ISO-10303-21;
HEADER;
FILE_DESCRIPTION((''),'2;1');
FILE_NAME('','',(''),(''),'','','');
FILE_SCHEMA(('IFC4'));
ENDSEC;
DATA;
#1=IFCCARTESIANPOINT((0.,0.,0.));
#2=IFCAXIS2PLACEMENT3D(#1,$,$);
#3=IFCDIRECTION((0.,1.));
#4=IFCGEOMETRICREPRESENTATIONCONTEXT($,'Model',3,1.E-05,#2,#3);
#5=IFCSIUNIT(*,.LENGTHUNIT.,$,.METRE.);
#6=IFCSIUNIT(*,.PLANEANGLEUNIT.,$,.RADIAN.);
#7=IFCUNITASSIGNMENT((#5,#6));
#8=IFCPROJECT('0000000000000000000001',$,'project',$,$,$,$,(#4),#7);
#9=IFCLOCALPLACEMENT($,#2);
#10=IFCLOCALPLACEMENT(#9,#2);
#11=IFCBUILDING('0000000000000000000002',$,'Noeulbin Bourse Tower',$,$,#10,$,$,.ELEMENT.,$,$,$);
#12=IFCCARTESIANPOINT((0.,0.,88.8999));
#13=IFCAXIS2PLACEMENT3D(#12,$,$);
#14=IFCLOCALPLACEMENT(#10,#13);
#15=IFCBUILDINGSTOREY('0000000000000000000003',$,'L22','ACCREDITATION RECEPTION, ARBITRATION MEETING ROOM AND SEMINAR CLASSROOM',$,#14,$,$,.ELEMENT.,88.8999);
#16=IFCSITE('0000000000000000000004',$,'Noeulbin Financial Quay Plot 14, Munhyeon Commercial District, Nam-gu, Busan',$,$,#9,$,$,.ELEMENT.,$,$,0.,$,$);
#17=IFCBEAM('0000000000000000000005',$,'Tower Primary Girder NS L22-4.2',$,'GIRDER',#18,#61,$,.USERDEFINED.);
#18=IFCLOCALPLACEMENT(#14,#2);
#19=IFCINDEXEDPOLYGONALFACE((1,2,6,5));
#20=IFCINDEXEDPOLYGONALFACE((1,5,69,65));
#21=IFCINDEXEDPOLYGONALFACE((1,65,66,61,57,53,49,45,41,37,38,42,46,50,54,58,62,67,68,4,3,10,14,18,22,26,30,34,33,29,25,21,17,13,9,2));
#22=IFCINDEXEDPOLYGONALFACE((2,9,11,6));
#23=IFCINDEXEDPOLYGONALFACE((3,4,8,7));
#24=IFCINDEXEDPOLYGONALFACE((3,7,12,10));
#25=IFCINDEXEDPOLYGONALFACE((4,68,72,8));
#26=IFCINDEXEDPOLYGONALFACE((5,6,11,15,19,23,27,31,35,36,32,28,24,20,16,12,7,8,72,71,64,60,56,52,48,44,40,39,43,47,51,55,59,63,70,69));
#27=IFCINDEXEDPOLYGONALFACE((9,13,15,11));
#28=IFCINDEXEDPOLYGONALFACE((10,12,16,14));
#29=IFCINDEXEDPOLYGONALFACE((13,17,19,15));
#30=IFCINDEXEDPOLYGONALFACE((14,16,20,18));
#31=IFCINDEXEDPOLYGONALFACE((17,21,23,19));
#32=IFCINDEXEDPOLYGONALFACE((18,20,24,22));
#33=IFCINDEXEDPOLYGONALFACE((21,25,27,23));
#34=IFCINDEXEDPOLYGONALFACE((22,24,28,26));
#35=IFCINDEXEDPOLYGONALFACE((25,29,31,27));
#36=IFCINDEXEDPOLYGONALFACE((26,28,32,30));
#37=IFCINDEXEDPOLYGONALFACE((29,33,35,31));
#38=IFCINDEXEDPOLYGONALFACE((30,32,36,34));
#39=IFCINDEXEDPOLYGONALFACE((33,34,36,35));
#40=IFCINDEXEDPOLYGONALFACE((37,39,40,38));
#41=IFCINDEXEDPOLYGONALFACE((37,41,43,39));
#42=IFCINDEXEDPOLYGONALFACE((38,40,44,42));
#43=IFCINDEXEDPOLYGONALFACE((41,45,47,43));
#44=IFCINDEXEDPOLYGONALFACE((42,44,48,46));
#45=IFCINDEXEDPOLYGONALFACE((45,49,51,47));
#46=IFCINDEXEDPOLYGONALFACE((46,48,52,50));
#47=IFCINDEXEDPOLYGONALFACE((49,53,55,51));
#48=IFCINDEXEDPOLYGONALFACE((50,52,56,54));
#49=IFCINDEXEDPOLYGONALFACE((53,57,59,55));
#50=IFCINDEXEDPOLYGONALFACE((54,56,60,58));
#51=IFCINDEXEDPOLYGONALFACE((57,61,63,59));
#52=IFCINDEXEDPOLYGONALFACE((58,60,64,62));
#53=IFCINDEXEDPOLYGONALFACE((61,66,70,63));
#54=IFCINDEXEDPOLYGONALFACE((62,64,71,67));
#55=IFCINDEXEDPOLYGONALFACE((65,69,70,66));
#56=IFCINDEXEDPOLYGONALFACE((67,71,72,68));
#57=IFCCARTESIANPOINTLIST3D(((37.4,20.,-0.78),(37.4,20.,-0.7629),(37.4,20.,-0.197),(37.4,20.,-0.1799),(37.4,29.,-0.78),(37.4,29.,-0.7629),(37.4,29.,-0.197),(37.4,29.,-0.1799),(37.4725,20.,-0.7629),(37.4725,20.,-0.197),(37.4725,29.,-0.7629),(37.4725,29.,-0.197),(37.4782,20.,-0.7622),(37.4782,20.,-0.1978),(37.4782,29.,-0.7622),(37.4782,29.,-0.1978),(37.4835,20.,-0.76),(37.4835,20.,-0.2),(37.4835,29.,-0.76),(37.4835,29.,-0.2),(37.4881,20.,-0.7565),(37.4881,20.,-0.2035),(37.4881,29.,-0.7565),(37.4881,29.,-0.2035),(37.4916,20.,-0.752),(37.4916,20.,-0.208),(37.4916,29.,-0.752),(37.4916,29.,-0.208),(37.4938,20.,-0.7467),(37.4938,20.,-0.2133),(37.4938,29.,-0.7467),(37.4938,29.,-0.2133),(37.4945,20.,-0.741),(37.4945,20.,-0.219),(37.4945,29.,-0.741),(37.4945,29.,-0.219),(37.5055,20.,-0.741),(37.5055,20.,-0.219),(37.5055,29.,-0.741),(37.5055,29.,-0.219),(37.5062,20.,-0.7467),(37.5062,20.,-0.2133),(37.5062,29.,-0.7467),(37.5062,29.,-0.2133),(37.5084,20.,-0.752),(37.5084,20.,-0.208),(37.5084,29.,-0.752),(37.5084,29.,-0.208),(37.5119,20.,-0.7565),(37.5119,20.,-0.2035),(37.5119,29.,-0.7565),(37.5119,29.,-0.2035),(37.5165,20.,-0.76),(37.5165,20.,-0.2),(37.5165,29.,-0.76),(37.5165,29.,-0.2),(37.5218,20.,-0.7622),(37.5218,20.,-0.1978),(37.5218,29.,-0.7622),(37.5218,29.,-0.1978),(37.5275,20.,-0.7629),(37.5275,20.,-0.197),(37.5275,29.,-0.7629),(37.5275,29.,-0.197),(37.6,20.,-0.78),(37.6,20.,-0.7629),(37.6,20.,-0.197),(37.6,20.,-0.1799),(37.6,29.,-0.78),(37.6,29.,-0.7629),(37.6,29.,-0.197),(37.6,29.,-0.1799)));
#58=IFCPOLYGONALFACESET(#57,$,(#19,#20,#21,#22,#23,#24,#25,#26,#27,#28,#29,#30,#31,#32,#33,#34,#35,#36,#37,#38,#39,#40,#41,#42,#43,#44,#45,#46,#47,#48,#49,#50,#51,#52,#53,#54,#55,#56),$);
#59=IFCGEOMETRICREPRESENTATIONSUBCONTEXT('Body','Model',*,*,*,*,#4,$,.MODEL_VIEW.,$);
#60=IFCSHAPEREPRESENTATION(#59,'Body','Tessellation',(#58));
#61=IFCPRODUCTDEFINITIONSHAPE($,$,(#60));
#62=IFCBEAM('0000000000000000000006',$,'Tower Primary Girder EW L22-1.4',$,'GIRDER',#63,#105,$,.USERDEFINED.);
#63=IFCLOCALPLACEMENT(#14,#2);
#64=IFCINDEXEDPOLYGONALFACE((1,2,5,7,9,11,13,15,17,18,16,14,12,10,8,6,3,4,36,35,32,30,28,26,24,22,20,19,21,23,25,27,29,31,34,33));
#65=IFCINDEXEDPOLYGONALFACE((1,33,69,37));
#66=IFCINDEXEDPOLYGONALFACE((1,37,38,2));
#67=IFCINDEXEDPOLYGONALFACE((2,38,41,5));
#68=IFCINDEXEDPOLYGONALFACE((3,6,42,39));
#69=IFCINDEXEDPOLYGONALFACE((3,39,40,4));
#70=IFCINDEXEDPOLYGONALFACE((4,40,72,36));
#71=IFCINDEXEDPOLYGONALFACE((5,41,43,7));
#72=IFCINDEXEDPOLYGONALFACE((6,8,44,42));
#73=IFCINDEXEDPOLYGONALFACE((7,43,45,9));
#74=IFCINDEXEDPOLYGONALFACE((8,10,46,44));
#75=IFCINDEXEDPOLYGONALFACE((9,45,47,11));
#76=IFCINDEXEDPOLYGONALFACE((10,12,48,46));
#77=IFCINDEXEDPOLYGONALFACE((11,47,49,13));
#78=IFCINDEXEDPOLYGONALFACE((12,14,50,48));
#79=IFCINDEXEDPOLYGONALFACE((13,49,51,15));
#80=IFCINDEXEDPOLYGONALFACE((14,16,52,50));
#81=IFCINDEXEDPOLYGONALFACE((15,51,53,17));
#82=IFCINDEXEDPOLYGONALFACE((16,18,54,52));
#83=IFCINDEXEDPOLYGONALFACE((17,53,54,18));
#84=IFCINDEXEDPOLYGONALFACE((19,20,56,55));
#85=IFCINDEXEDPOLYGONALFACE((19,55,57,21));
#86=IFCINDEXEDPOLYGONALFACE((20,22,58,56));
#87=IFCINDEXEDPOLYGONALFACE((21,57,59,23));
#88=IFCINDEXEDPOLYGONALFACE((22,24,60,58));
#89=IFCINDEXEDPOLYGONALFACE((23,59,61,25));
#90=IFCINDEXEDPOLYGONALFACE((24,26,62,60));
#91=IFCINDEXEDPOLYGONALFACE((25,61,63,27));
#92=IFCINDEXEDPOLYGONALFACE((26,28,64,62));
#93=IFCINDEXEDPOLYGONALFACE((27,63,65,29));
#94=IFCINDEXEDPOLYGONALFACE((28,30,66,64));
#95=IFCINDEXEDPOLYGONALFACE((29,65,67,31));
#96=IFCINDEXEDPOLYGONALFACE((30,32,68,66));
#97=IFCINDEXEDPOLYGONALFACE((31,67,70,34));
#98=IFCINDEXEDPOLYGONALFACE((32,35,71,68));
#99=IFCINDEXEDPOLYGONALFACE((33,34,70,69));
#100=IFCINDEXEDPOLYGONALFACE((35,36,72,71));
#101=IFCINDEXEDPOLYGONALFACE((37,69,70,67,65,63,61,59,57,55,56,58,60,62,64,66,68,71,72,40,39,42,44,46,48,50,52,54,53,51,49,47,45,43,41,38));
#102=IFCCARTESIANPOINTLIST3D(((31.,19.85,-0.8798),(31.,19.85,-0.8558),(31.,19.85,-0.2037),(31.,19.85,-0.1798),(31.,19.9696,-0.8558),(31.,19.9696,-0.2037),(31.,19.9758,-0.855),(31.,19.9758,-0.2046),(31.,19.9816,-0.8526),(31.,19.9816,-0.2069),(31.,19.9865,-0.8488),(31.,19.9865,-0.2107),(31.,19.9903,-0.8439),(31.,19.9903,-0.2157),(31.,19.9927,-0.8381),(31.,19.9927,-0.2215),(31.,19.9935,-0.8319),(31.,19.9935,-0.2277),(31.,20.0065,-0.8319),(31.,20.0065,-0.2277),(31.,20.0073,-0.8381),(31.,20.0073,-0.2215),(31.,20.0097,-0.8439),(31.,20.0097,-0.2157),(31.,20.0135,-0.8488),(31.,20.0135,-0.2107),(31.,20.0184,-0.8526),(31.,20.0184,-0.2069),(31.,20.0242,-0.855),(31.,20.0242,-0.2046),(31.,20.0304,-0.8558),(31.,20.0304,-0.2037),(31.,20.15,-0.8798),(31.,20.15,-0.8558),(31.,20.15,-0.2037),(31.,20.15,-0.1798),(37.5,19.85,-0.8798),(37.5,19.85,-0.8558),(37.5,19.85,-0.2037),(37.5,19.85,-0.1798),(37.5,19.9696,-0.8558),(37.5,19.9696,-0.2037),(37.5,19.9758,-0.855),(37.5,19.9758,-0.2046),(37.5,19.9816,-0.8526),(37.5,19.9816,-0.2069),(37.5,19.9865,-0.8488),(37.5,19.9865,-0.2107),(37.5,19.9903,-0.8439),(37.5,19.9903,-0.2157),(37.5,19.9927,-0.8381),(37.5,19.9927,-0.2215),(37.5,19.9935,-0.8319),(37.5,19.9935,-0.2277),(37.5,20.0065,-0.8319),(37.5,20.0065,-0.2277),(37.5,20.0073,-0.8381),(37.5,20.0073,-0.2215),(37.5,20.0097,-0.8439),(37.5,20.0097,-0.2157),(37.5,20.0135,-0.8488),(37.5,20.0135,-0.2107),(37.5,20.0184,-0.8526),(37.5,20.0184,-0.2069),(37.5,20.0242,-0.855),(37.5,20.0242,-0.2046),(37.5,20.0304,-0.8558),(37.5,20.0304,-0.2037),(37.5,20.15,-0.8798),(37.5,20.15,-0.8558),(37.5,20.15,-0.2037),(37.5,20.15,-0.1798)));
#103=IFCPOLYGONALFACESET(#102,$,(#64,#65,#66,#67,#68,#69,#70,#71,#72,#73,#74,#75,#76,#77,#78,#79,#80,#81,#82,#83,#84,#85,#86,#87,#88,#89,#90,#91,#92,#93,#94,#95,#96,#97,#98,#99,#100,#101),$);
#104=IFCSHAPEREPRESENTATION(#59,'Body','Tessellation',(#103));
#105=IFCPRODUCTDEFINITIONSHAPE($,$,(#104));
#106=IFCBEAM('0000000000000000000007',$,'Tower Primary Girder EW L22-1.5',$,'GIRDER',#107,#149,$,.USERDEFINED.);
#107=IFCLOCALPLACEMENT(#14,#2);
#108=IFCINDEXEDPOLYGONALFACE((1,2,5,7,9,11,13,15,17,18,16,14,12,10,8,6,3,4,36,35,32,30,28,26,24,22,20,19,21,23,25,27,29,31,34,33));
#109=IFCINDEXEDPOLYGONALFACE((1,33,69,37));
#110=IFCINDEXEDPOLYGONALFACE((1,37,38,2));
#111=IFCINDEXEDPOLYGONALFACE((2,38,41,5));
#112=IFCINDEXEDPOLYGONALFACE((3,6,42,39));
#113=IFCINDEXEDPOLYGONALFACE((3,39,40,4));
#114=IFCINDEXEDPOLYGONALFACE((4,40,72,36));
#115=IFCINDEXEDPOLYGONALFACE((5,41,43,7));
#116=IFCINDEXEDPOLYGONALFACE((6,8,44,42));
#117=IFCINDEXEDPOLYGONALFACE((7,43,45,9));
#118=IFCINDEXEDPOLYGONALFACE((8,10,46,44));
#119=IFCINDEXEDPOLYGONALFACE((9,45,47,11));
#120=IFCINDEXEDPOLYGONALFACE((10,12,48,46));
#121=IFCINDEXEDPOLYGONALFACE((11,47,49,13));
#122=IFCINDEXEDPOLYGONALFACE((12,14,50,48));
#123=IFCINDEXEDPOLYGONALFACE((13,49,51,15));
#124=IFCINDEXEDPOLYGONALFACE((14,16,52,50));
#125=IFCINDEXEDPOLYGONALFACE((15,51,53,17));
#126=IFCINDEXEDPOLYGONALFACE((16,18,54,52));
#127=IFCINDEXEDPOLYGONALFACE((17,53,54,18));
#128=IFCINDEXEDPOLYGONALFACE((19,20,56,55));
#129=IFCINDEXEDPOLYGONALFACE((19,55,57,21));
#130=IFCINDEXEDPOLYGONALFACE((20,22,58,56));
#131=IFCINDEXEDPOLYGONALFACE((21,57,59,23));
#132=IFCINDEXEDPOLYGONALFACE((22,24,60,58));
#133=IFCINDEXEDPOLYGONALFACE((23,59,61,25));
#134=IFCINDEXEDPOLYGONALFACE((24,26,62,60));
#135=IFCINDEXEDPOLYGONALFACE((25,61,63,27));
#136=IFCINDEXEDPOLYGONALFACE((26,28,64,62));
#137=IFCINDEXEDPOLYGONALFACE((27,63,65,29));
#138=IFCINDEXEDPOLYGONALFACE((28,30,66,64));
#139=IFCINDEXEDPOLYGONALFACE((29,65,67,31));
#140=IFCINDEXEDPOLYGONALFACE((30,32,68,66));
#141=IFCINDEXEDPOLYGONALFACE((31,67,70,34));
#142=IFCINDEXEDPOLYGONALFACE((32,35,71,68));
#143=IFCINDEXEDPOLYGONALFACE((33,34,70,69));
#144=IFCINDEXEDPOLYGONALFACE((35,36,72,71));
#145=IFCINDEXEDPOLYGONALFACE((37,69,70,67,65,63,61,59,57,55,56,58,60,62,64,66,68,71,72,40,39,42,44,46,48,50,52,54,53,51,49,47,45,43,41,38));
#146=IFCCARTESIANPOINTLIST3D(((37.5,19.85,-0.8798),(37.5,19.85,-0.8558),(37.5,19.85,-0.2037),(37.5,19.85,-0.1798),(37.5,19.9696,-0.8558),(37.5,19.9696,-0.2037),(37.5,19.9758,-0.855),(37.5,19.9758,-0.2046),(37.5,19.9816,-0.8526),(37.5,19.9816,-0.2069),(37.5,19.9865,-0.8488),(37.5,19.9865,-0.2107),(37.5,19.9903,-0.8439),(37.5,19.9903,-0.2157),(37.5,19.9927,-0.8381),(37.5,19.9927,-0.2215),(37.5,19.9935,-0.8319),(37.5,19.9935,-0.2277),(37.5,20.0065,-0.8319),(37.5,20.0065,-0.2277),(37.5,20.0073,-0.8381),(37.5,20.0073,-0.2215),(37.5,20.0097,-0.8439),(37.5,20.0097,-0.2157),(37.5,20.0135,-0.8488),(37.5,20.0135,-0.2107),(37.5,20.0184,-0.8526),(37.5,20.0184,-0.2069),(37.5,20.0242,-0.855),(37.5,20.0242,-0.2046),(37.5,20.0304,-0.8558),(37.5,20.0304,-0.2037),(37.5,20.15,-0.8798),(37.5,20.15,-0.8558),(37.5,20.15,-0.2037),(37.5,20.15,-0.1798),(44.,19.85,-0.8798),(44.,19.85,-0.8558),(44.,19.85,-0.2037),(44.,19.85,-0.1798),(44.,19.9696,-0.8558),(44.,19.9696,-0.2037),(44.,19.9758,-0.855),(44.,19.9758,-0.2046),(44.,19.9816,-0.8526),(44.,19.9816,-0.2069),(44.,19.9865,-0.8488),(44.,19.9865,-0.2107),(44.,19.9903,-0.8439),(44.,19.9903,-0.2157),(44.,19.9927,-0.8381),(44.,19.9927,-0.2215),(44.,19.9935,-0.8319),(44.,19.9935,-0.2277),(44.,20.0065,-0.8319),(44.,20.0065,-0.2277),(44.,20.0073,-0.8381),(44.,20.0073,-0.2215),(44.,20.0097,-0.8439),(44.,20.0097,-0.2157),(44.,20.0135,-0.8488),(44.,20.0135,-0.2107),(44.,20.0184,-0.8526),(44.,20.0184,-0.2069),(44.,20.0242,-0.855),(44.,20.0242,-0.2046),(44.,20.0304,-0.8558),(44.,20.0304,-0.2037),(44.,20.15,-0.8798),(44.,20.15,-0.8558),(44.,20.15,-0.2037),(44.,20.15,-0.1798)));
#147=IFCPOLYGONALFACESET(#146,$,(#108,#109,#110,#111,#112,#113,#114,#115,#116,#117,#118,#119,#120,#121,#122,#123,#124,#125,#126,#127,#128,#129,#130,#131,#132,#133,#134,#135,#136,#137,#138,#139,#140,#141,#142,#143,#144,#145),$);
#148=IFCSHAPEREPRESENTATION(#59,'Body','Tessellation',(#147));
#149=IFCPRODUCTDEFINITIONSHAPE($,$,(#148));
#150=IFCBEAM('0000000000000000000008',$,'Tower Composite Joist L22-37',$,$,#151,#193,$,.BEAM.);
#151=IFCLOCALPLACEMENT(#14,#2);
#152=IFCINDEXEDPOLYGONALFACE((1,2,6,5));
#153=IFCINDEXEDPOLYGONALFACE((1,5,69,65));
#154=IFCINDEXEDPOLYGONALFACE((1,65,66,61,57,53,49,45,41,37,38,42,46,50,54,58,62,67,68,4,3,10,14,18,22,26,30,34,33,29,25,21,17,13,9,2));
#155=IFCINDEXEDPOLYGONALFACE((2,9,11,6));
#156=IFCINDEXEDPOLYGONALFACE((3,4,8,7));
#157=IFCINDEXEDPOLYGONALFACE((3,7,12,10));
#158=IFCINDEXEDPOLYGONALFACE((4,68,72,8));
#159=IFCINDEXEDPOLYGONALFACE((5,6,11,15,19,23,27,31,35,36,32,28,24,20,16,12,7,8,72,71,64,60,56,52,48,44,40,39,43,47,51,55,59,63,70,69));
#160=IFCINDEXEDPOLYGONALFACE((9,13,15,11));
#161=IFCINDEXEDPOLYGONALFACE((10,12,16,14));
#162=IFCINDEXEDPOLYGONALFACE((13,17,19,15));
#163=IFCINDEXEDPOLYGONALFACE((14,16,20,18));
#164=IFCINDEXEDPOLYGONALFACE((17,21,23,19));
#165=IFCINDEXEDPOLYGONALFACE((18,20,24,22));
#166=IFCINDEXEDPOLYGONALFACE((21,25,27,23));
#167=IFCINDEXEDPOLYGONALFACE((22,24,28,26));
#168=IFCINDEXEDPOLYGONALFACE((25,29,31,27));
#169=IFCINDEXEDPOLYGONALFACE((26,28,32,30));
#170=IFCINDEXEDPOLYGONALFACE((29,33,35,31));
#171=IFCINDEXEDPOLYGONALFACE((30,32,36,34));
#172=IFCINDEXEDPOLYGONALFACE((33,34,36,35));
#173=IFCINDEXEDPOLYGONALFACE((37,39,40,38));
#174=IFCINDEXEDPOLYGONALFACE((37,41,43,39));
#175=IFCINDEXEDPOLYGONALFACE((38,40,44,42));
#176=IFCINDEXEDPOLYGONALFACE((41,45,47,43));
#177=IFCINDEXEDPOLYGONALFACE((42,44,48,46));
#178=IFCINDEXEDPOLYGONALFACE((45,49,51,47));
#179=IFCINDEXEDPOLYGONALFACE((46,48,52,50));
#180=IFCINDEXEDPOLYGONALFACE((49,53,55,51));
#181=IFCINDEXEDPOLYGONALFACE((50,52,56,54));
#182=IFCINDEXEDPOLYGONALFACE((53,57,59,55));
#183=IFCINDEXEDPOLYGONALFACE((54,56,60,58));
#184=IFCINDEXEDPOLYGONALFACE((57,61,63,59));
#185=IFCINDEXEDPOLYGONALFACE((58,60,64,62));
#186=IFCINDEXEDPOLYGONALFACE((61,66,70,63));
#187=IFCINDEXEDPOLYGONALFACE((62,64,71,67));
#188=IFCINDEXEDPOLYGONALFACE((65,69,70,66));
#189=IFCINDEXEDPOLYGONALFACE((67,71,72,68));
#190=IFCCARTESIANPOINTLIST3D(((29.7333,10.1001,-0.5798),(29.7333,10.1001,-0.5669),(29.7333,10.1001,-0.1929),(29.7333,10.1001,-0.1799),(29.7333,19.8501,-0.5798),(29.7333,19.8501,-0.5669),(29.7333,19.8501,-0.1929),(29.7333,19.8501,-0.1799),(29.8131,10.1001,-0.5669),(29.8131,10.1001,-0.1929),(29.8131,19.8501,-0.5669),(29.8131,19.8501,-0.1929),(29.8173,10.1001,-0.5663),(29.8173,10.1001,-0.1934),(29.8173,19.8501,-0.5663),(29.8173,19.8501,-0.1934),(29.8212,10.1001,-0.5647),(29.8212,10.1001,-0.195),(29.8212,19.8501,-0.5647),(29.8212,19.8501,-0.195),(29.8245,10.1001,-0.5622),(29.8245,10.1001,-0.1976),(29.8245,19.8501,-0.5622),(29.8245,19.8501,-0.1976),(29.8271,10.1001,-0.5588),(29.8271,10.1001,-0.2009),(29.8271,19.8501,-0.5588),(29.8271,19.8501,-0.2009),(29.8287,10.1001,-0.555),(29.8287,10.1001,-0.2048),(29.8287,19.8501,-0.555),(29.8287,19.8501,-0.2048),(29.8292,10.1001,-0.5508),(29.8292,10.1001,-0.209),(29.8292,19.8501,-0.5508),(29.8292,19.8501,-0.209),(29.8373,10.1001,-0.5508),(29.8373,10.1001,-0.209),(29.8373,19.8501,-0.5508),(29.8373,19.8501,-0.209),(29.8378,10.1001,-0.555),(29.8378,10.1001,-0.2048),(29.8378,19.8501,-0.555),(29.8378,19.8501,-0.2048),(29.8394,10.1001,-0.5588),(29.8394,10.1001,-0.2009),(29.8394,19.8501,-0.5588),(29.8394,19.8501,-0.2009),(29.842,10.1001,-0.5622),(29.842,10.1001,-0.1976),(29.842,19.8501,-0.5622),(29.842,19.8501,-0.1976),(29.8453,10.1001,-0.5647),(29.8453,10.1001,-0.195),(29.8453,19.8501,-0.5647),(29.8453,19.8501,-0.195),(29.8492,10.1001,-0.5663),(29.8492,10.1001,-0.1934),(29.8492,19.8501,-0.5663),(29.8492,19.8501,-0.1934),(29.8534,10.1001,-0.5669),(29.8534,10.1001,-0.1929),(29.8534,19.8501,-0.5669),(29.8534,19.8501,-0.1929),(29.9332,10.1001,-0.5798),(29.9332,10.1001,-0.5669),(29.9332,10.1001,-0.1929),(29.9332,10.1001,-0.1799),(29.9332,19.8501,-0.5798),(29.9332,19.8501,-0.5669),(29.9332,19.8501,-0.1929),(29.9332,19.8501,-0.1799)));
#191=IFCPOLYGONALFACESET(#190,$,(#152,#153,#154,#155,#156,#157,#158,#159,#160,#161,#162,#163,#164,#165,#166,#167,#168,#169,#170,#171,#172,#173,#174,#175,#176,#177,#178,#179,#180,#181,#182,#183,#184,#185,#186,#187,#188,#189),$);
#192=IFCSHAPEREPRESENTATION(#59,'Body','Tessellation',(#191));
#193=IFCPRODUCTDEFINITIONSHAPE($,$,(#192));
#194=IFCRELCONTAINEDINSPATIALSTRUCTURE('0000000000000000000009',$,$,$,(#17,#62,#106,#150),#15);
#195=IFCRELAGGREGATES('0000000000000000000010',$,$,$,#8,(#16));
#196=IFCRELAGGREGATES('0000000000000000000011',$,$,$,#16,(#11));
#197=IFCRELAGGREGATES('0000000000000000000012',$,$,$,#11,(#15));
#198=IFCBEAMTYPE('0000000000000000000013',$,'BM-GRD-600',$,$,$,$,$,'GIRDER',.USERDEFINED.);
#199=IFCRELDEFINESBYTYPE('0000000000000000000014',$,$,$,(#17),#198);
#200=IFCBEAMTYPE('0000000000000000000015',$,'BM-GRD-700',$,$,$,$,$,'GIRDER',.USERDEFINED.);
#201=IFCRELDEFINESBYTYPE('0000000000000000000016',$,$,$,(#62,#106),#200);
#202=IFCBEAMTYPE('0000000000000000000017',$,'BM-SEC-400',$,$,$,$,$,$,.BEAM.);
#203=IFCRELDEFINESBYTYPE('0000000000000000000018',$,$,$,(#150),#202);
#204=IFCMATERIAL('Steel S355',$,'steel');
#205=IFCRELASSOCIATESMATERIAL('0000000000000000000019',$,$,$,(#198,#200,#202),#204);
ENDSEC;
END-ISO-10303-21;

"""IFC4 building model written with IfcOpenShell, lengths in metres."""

from ifc_helpers import new_model, si_unit, direction, frame, origin, origin_2d, place, context, subcontext, project, spatial, i_section, extrude, material, material_profile, profile_set, type_object, element, save


model = new_model("IFC4")

# Units and contexts
model_context = context("Model", 3, precision=1e-05, world=origin(), true_north=direction((0.0, 1.0)))
body_context = subcontext(model_context, "Body", "Model", "MODEL_VIEW")
ifc_project = project(units=[si_unit("LENGTHUNIT", "METRE"), si_unit("PLANEANGLEUNIT", "RADIAN")], contexts=[model_context])

# Site, building, storey
site_placement = place(None, origin())
site = spatial("IfcSite", under=ifc_project, at=site_placement, Name="Noeulbin Financial Quay Plot 14, Munhyeon Commercial District, Nam-gu, Busan", CompositionType="ELEMENT", RefElevation=0.0)
building_placement = place(site_placement, origin())
building = spatial("IfcBuilding", under=site, at=building_placement, Name="Noeulbin Bourse Tower", CompositionType="ELEMENT")
storey_placement = place(building_placement, frame((0.0, 0.0, 88.8999)))
storey = spatial("IfcBuildingStorey", under=building, at=storey_placement, Name="L22", Description="ACCREDITATION RECEPTION, ARBITRATION MEETING ROOM AND SEMINAR CLASSROOM", CompositionType="ELEMENT", Elevation=88.8999)

# Beams
ifc_material_1 = material(Name="Steel S355", Category="steel")
ifc_material_profile_1 = material_profile(ifc_material_1, i_section(OverallWidth=0.2, OverallDepth=0.6001, WebThickness=0.011, FlangeThickness=0.0171, FilletRadius=0.022, at=origin_2d()), Name="H-600x200x11x17", Category="LoadBearing")
ifc_profile_set_1 = profile_set([ifc_material_profile_1], Name="Steel S355")
beam_type_1 = type_object("IfcBeamType", Name="BM-GRD-600", ElementType="GIRDER", PredefinedType="USERDEFINED", material=ifc_profile_set_1)
for number, where, z_axis, x_axis, name in (
    (1, (37.5, 20.0, -0.48), (0.0, 1.0, 0.0), (-1.0, 0.0, 0.0), "Tower Primary Girder NS L22-4.2"),
):
    element("IfcBeam", number, at=place(storey_placement, frame(where, z_axis=z_axis, x_axis=x_axis)), inside=storey, type_object=beam_type_1, Name=name, ObjectType="GIRDER", PredefinedType="USERDEFINED", context=body_context, shape_type="SweptSolid", body=[
        extrude(i_section(OverallWidth=0.2, OverallDepth=0.6001, WebThickness=0.011, FlangeThickness=0.0171, FilletRadius=0.022, at=origin_2d()), origin(), (0.0, 0.0, 1.0), 9.0),
    ])
ifc_material_profile_2 = material_profile(ifc_material_1, i_section(OverallWidth=0.3, OverallDepth=0.7, WebThickness=0.0129, FlangeThickness=0.0239, FilletRadius=0.0239, at=origin_2d()), Name="H-700x300x13x24", Category="LoadBearing")
ifc_profile_set_2 = profile_set([ifc_material_profile_2], Name="Steel S355")
beam_type_2 = type_object("IfcBeamType", Name="BM-GRD-700", ElementType="GIRDER", PredefinedType="USERDEFINED", material=ifc_profile_set_2)
for number, where, z_axis, x_axis, name in (
    (2, (31.0, 20.0, -0.5298), (1.0, 0.0, 0.0), (0.0, 1.0, 0.0), "Tower Primary Girder EW L22-1.4"),
    (3, (37.5, 20.0, -0.5298), (1.0, 0.0, 0.0), (0.0, 1.0, 0.0), "Tower Primary Girder EW L22-1.5"),
):
    element("IfcBeam", number, at=place(storey_placement, frame(where, z_axis=z_axis, x_axis=x_axis)), inside=storey, type_object=beam_type_2, Name=name, ObjectType="GIRDER", PredefinedType="USERDEFINED", context=body_context, shape_type="SweptSolid", body=[
        extrude(i_section(OverallWidth=0.3, OverallDepth=0.7, WebThickness=0.0129, FlangeThickness=0.0239, FilletRadius=0.0239, at=origin_2d()), origin(), (0.0, 0.0, 1.0), 6.5),
    ])
ifc_material_profile_3 = material_profile(ifc_material_1, i_section(OverallWidth=0.2, OverallDepth=0.3999, WebThickness=0.0081, FlangeThickness=0.0129, FilletRadius=0.0161, at=origin_2d()), Name="H-400x200x8x13", Category="LoadBearing")
ifc_profile_set_3 = profile_set([ifc_material_profile_3], Name="Steel S355")
beam_type_3 = type_object("IfcBeamType", Name="BM-SEC-400", PredefinedType="BEAM", material=ifc_profile_set_3)
beam_1_placement = place(storey_placement, frame((29.8333, 10.1001, -0.3799), z_axis=(0.0, 1.0, 0.0), x_axis=(-1.0, 0.0, 0.0)))
element("IfcBeam", 4, at=beam_1_placement, inside=storey, type_object=beam_type_3, Name="Tower Composite Joist L22-37", PredefinedType="BEAM", context=body_context, shape_type="SweptSolid", body=[
    extrude(i_section(OverallWidth=0.2, OverallDepth=0.3999, WebThickness=0.0081, FlangeThickness=0.0129, FilletRadius=0.0161, at=origin_2d()), origin(), (0.0, 0.0, 1.0), 9.75),
])

save(model, "model.ifc")
